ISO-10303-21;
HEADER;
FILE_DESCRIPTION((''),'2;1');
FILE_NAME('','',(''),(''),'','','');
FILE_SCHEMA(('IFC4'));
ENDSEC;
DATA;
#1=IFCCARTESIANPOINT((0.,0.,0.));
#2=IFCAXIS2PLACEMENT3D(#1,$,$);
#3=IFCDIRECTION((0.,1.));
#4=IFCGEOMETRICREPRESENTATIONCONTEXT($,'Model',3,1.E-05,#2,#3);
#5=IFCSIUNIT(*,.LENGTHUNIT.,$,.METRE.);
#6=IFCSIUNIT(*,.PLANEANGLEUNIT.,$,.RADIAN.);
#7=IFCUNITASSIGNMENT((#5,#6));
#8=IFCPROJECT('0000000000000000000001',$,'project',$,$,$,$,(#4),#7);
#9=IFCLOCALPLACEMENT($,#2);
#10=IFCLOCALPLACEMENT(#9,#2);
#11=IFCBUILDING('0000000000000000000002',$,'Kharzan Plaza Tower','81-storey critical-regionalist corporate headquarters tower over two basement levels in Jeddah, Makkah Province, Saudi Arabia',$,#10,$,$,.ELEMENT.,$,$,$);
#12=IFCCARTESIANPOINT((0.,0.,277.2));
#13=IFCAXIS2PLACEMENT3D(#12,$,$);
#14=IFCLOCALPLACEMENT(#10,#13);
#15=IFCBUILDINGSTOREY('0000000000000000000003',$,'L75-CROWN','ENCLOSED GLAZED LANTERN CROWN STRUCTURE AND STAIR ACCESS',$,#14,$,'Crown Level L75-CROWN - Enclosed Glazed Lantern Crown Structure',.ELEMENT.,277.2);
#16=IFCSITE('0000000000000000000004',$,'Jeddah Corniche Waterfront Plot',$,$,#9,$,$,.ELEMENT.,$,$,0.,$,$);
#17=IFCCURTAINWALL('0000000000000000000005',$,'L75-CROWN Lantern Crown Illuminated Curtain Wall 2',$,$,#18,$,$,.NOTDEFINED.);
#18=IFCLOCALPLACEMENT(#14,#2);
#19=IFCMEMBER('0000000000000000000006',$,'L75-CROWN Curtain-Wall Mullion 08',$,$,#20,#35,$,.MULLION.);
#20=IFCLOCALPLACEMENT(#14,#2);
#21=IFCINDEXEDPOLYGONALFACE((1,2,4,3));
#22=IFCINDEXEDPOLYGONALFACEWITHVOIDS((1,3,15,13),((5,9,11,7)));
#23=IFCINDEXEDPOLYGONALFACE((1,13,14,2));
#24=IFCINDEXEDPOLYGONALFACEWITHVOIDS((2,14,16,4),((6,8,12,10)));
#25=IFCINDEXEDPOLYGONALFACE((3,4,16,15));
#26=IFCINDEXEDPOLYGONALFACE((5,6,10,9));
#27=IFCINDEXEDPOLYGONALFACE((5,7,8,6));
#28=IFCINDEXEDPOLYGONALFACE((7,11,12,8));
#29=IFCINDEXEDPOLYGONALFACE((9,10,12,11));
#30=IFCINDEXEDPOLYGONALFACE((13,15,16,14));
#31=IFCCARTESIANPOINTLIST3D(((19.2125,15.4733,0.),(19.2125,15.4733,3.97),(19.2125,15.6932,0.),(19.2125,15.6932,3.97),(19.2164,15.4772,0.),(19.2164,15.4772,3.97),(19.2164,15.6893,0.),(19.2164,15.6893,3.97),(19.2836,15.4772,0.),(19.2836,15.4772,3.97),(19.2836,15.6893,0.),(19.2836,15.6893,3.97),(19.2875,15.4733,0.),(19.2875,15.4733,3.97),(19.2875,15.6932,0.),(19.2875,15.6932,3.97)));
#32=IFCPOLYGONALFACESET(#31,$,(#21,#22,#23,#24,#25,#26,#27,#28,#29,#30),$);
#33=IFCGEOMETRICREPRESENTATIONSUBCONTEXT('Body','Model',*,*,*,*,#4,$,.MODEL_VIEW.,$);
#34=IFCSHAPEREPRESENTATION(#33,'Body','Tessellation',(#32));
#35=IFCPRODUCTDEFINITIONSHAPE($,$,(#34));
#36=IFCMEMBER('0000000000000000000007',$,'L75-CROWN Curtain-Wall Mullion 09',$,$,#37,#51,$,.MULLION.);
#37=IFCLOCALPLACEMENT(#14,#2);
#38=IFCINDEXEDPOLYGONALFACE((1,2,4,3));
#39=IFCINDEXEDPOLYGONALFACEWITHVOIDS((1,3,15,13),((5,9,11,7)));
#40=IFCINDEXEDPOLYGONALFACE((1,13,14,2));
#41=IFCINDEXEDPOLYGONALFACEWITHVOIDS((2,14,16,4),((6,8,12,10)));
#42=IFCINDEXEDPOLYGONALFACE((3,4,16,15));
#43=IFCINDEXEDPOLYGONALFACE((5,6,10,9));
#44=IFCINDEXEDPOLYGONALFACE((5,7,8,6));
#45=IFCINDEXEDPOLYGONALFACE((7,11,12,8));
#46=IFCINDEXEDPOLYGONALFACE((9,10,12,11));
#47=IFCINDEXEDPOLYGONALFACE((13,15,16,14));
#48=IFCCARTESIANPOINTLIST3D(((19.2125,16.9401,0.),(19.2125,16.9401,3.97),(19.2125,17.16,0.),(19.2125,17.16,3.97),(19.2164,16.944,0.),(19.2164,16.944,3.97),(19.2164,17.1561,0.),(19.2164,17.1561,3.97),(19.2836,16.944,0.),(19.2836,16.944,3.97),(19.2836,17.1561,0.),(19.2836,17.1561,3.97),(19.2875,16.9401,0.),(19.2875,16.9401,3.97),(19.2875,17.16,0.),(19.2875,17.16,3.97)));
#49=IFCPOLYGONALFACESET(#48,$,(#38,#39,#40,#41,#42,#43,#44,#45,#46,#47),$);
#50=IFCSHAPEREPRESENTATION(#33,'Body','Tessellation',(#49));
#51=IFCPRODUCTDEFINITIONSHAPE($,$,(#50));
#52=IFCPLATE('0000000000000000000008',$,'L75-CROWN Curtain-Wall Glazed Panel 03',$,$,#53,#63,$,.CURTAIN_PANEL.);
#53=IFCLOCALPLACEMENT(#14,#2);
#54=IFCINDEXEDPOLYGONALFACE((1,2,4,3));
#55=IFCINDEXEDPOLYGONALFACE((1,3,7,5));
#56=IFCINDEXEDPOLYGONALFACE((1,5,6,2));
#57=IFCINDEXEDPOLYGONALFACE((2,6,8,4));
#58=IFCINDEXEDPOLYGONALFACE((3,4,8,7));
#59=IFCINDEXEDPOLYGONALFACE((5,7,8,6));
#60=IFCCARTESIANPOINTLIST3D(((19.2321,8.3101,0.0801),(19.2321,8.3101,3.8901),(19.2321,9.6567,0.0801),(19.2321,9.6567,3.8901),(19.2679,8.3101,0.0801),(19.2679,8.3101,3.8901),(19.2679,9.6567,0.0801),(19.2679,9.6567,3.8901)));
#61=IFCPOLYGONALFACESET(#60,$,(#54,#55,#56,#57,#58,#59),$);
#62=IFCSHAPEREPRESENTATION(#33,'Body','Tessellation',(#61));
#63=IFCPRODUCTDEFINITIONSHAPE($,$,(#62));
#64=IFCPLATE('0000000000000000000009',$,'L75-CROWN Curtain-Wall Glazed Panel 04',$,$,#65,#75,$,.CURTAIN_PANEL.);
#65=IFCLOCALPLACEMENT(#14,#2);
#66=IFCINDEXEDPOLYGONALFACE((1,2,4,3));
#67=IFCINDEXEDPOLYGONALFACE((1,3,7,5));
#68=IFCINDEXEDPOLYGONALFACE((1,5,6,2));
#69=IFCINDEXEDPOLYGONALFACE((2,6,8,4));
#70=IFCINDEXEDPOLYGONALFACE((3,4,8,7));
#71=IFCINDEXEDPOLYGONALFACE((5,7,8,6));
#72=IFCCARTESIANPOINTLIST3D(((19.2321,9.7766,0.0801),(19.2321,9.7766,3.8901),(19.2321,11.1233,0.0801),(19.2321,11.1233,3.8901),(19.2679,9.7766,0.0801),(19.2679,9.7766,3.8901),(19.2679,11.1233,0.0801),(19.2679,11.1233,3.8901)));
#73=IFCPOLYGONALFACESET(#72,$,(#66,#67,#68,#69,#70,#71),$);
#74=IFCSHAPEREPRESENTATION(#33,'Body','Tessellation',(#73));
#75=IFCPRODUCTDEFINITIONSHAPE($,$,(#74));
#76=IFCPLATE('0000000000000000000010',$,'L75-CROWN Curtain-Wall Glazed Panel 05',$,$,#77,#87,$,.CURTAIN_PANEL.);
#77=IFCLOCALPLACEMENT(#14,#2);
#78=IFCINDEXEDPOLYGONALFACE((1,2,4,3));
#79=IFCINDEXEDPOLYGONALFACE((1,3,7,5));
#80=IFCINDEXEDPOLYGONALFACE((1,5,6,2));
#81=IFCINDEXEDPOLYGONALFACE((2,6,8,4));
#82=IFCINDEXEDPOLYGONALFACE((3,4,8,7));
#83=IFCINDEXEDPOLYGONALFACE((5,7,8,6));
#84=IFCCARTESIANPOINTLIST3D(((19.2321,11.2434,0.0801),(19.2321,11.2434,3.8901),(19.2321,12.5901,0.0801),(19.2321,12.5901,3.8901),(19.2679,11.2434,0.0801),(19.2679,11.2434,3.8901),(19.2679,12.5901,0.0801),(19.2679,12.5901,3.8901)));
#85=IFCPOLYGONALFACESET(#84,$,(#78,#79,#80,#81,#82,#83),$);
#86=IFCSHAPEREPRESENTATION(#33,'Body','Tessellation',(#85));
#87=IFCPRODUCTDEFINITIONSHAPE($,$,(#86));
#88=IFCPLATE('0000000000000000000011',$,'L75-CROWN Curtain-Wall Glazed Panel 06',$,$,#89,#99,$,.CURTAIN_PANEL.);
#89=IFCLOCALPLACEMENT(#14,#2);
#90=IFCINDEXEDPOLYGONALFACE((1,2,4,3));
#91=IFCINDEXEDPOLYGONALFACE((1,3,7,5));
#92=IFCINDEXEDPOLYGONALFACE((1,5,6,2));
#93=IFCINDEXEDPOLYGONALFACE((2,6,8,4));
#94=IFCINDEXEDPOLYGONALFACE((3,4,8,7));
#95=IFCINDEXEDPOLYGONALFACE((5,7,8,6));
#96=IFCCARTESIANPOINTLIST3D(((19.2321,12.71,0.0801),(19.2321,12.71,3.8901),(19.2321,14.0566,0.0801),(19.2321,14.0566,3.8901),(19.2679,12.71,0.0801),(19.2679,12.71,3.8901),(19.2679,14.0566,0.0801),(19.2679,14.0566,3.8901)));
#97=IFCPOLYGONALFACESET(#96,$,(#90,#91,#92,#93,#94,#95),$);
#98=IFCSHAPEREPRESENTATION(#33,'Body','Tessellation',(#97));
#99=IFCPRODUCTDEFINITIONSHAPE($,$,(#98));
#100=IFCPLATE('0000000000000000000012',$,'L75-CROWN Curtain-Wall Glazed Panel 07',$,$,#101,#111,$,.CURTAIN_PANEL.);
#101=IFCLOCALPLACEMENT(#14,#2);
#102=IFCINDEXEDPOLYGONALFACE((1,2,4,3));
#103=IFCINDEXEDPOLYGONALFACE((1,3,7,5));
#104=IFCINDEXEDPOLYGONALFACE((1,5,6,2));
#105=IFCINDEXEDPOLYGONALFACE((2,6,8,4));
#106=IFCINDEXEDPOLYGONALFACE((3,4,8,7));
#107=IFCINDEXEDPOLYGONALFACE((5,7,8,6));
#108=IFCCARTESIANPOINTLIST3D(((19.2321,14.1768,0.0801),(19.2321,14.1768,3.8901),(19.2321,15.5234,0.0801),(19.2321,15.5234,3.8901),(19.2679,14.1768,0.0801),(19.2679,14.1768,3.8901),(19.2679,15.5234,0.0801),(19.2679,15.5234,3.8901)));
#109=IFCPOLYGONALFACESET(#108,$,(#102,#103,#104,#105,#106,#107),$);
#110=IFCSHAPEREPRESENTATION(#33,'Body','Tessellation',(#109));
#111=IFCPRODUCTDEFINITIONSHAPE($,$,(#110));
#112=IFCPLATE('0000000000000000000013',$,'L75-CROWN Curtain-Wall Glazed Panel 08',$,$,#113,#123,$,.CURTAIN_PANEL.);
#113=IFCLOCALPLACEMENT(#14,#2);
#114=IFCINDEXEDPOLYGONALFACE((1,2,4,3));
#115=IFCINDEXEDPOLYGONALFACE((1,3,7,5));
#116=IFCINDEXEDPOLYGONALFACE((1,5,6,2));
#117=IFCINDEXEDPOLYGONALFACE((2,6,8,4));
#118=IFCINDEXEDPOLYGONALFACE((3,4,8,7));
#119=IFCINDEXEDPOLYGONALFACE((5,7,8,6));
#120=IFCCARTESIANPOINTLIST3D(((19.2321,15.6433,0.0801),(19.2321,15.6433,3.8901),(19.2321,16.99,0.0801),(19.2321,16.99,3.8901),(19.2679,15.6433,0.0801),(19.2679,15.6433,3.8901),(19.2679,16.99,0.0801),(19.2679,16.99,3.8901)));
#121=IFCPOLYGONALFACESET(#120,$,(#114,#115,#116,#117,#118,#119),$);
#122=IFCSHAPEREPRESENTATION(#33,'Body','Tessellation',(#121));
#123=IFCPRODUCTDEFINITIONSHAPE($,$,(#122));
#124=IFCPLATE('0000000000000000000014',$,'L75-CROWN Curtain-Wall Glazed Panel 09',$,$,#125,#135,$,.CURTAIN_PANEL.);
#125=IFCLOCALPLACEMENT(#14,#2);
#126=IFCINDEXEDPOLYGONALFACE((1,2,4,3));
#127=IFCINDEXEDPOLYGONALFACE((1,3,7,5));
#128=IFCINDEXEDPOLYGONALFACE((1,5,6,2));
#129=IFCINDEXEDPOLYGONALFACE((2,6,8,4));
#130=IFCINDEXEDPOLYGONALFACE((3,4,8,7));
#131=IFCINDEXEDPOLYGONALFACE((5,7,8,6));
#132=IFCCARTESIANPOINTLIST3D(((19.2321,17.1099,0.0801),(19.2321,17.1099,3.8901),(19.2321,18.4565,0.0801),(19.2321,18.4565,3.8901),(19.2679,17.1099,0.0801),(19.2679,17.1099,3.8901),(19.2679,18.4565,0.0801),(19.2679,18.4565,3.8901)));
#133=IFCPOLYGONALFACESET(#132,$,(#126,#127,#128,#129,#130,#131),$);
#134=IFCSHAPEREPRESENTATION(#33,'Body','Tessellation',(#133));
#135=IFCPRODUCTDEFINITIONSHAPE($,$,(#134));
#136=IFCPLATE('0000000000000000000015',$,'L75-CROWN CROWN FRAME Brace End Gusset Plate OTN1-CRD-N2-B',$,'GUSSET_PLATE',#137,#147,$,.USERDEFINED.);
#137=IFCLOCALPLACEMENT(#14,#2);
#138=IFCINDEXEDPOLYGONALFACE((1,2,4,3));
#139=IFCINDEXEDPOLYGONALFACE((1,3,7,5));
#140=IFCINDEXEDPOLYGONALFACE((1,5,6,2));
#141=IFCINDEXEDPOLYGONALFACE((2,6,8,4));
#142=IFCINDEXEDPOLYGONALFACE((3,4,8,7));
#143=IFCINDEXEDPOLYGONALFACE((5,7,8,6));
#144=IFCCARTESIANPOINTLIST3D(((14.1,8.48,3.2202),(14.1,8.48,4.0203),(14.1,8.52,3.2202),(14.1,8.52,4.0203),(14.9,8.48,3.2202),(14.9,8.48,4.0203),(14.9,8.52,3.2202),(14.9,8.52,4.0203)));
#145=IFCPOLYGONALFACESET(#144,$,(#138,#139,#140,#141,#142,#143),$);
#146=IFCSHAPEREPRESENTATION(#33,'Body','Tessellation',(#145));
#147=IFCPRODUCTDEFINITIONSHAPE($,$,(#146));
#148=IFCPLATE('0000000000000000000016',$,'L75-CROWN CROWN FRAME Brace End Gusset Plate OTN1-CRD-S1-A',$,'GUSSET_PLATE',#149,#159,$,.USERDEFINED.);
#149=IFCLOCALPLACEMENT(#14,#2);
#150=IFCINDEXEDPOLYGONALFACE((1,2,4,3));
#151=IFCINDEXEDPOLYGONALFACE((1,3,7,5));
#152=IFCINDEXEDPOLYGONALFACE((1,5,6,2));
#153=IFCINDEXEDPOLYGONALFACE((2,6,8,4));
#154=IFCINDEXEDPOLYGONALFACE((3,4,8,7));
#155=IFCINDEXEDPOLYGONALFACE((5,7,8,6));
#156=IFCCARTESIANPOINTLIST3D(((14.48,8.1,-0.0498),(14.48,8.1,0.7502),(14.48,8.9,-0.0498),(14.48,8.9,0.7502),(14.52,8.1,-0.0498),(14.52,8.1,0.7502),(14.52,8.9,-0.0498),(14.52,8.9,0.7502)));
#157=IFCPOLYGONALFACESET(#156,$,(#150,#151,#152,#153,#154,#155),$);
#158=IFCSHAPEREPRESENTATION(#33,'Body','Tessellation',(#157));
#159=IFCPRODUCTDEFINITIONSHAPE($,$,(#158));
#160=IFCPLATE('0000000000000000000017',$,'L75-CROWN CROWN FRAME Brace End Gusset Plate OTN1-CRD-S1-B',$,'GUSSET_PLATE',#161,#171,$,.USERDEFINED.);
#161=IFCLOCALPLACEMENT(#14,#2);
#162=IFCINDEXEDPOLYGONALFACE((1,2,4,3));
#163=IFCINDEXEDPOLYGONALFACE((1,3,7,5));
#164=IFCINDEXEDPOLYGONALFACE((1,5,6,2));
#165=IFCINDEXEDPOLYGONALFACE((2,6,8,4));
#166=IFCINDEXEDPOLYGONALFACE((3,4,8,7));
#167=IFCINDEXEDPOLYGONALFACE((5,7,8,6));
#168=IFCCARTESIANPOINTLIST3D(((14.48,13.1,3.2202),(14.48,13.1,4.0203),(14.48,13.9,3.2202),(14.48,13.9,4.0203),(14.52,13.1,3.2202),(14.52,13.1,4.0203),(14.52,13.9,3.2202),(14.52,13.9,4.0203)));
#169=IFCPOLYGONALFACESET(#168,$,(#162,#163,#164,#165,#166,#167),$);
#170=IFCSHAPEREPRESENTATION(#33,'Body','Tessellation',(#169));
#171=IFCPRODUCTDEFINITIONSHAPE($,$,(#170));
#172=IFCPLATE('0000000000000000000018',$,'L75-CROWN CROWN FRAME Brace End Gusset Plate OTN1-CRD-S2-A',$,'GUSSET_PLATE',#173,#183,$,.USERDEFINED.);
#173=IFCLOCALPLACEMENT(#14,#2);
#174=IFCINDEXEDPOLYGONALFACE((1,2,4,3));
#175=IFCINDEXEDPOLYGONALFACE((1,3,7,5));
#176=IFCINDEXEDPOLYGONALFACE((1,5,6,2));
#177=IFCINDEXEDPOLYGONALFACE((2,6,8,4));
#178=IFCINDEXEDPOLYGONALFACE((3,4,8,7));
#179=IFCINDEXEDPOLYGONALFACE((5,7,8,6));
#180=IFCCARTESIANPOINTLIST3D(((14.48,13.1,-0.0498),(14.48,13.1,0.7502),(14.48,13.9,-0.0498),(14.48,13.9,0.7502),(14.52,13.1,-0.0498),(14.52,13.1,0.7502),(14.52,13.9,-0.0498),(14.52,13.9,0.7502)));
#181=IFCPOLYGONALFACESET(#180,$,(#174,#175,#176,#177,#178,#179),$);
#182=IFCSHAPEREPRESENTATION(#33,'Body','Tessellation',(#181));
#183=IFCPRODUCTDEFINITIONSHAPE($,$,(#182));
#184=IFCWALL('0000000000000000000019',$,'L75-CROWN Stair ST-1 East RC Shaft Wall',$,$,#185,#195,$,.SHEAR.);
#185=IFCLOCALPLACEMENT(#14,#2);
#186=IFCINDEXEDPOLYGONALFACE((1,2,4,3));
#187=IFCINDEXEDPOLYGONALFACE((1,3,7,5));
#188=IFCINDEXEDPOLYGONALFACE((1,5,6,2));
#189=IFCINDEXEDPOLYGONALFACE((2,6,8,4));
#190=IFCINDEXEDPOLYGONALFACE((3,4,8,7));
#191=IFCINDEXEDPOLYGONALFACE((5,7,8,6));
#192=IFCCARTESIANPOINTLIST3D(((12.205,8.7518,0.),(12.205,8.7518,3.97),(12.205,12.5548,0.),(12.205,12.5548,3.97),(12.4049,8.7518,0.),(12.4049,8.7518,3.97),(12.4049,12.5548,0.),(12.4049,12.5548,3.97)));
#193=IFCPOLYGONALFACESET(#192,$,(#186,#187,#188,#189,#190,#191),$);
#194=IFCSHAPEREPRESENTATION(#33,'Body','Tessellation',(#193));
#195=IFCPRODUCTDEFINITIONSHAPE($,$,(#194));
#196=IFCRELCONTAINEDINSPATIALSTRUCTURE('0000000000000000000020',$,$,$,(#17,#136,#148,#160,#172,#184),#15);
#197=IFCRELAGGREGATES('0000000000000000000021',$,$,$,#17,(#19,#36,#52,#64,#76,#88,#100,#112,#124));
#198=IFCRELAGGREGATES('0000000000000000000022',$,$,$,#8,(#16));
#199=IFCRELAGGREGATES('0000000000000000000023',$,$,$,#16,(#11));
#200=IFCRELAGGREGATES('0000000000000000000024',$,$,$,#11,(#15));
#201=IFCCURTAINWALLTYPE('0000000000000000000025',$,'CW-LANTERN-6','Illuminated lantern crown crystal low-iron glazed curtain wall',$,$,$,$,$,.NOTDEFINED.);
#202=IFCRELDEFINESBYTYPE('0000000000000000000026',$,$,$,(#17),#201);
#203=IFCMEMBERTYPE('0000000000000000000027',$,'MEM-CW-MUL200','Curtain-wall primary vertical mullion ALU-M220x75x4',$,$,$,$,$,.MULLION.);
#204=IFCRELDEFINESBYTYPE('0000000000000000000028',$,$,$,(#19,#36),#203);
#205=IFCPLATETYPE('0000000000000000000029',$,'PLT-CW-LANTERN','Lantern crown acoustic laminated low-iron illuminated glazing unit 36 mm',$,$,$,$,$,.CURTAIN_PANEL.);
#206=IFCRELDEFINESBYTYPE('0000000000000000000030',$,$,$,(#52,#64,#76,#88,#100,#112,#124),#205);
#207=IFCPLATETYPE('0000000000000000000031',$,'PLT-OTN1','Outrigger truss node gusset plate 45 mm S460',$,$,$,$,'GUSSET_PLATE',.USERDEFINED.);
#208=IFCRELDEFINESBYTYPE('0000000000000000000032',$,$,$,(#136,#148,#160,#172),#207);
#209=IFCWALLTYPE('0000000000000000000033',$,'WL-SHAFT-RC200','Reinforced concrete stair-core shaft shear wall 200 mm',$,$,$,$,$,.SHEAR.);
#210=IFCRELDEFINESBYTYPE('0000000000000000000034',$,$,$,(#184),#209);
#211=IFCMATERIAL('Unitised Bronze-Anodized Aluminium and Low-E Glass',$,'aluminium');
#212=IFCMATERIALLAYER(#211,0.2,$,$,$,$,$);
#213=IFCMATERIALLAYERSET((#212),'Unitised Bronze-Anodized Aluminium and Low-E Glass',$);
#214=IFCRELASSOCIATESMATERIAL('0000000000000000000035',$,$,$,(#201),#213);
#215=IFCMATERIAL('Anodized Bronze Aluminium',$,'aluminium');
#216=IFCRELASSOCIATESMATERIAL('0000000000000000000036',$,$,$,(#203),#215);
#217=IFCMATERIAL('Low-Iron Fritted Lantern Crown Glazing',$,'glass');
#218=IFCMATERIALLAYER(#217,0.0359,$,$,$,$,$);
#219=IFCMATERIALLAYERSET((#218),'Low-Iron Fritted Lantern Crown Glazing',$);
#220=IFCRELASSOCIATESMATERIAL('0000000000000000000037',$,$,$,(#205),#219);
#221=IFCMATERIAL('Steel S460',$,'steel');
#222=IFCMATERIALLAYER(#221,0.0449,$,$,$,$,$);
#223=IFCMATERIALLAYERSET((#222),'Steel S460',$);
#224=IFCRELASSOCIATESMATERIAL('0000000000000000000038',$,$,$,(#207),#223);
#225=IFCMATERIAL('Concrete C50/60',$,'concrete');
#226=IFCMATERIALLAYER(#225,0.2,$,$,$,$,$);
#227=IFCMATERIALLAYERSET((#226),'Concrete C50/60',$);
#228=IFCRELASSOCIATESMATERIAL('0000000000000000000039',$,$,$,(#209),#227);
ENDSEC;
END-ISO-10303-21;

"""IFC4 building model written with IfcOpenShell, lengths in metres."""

from ifc_helpers import new_model, si_unit, direction, frame, frame_2d, origin, origin_2d, place, context, subcontext, project, spatial, rectangle, hollow_rectangle, extrude, source, transform, mapped, material, layer, layer_set, material_profile, profile_set, type_object, element, aggregate, save


model = new_model("IFC4")

# Units and contexts
model_context = context("Model", 3, precision=1e-05, world=origin(), true_north=direction((0.0, 1.0)))
body_context = subcontext(model_context, "Body", "Model", "MODEL_VIEW")
ifc_project = project(units=[si_unit("LENGTHUNIT", "METRE"), si_unit("PLANEANGLEUNIT", "RADIAN")], contexts=[model_context])

# Site, building, storey
site_placement = place(None, origin())
site = spatial("IfcSite", under=ifc_project, at=site_placement, Name="Jeddah Corniche Waterfront Plot", CompositionType="ELEMENT", RefElevation=0.0)
building_placement = place(site_placement, origin())
building = spatial("IfcBuilding", under=site, at=building_placement, Name="Kharzan Plaza Tower", Description="81-storey critical-regionalist corporate headquarters tower over two basement levels in Jeddah, Makkah Province, Saudi Arabia", CompositionType="ELEMENT")
storey_placement = place(building_placement, frame((0.0, 0.0, 277.2)))
storey = spatial("IfcBuildingStorey", under=building, at=storey_placement, Name="L75-CROWN", Description="ENCLOSED GLAZED LANTERN CROWN STRUCTURE AND STAIR ACCESS", LongName="Crown Level L75-CROWN - Enclosed Glazed Lantern Crown Structure", CompositionType="ELEMENT", Elevation=277.2)

# Curtain wall, members, plates
ifc_material_1 = material(Name="Unitised Bronze-Anodized Aluminium and Low-E Glass", Category="aluminium")
ifc_layer_1 = layer(ifc_material_1, 0.2)
ifc_layer_set_1 = layer_set([ifc_layer_1], Name="Unitised Bronze-Anodized Aluminium and Low-E Glass")
curtain_wall_type = type_object("IfcCurtainWallType", Name="CW-LANTERN-6", Description="Illuminated lantern crown crystal low-iron glazed curtain wall", PredefinedType="NOTDEFINED", material=ifc_layer_set_1)
curtain_wall_placement = place(storey_placement, origin())
curtain_wall = element("IfcCurtainWall", 1, at=curtain_wall_placement, inside=storey, type_object=curtain_wall_type, Name="L75-CROWN Lantern Crown Illuminated Curtain Wall 2", PredefinedType="NOTDEFINED")
ifc_material_2 = material(Name="Anodized Bronze Aluminium", Category="aluminium")
ifc_material_profile_1 = material_profile(ifc_material_2, hollow_rectangle(XDim=0.075, YDim=0.22, WallThickness=0.0039, at=origin_2d()), Name="ALU-M220x75x4")
ifc_profile_set_1 = profile_set([ifc_material_profile_1], Name="Anodized Bronze Aluminium")
member_type_1 = type_object("IfcMemberType", Name="MEM-CW-MUL200", Description="Curtain-wall primary vertical mullion ALU-M220x75x4", PredefinedType="MULLION", material=ifc_profile_set_1)
shared_shape_1 = source(origin(), body_context, "Body", "SweptSolid", [
    extrude(hollow_rectangle(XDim=0.075, YDim=0.22, WallThickness=0.0039, at=origin_2d()), origin(), (0.0, 0.0, 1.0), 3.97),
])
member_1_placement = place(storey_placement, frame((19.25, 15.5833, 0.0), z_axis=(0.0, 0.0, 1.0), x_axis=(1.0, 0.0, 0.0)))
member_1 = element("IfcMember", 2, at=member_1_placement, type_object=member_type_1, Name="L75-CROWN Curtain-Wall Mullion 08", PredefinedType="MULLION", context=body_context, shape_type="MappedRepresentation", body=[
    mapped(shared_shape_1, transform((0.0, 0.0, 0.0), x_axis=(1.0, 0.0, 0.0), y_axis=(0.0, 1.0, 0.0), z_axis=(0.0, 0.0, 1.0))),
])
member_2_placement = place(storey_placement, frame((19.25, 17.05, 0.0), z_axis=(0.0, 0.0, 1.0), x_axis=(1.0, 0.0, 0.0)))
member_2 = element("IfcMember", 3, at=member_2_placement, type_object=member_type_1, Name="L75-CROWN Curtain-Wall Mullion 09", PredefinedType="MULLION", context=body_context, shape_type="MappedRepresentation", body=[
    mapped(shared_shape_1, transform((0.0, 0.0, 0.0), x_axis=(1.0, 0.0, 0.0), y_axis=(0.0, 1.0, 0.0), z_axis=(0.0, 0.0, 1.0))),
])
ifc_material_3 = material(Name="Low-Iron Fritted Lantern Crown Glazing", Category="glass")
ifc_layer_2 = layer(ifc_material_3, 0.0359)
ifc_layer_set_2 = layer_set([ifc_layer_2], Name="Low-Iron Fritted Lantern Crown Glazing")
plate_type_1 = type_object("IfcPlateType", Name="PLT-CW-LANTERN", Description="Lantern crown acoustic laminated low-iron illuminated glazing unit 36 mm", PredefinedType="CURTAIN_PANEL", material=ifc_layer_set_2)
shared_shape_2 = source(origin(), body_context, "Body", "SweptSolid", [
    extrude(rectangle(XDim=1.3467, YDim=0.0359, at=origin_2d()), origin(), (0.0, 0.0, 1.0), 3.8101),
])
plate_1_placement = place(storey_placement, frame((19.25, 8.9834, 0.0801), z_axis=(0.0, 0.0, 1.0), x_axis=(0.0, 1.0, 0.0)))
plate_1 = element("IfcPlate", 4, at=plate_1_placement, type_object=plate_type_1, Name="L75-CROWN Curtain-Wall Glazed Panel 03", PredefinedType="CURTAIN_PANEL", context=body_context, shape_type="MappedRepresentation", body=[
    mapped(shared_shape_2, transform((0.0, 0.0, 0.0), x_axis=(1.0, 0.0, 0.0), y_axis=(0.0, 1.0, 0.0), z_axis=(0.0, 0.0, 1.0))),
])
plate_2_placement = place(storey_placement, frame((19.25, 10.45, 0.0801), z_axis=(0.0, 0.0, 1.0), x_axis=(0.0, 1.0, 0.0)))
plate_2 = element("IfcPlate", 5, at=plate_2_placement, type_object=plate_type_1, Name="L75-CROWN Curtain-Wall Glazed Panel 04", PredefinedType="CURTAIN_PANEL", context=body_context, shape_type="MappedRepresentation", body=[
    mapped(shared_shape_2, transform((0.0, 0.0, 0.0), x_axis=(1.0, 0.0, 0.0), y_axis=(0.0, 1.0, 0.0), z_axis=(0.0, 0.0, 1.0))),
])
plate_3_placement = place(storey_placement, frame((19.25, 11.9167, 0.0801), z_axis=(0.0, 0.0, 1.0), x_axis=(0.0, 1.0, 0.0)))
plate_3 = element("IfcPlate", 6, at=plate_3_placement, type_object=plate_type_1, Name="L75-CROWN Curtain-Wall Glazed Panel 05", PredefinedType="CURTAIN_PANEL", context=body_context, shape_type="MappedRepresentation", body=[
    mapped(shared_shape_2, transform((0.0, 0.0, 0.0), x_axis=(1.0, 0.0, 0.0), y_axis=(0.0, 1.0, 0.0), z_axis=(0.0, 0.0, 1.0))),
])
plate_4_placement = place(storey_placement, frame((19.25, 13.3833, 0.0801), z_axis=(0.0, 0.0, 1.0), x_axis=(0.0, 1.0, 0.0)))
plate_4 = element("IfcPlate", 7, at=plate_4_placement, type_object=plate_type_1, Name="L75-CROWN Curtain-Wall Glazed Panel 06", PredefinedType="CURTAIN_PANEL", context=body_context, shape_type="MappedRepresentation", body=[
    mapped(shared_shape_2, transform((0.0, 0.0, 0.0), x_axis=(1.0, 0.0, 0.0), y_axis=(0.0, 1.0, 0.0), z_axis=(0.0, 0.0, 1.0))),
])
plate_5_placement = place(storey_placement, frame((19.25, 14.8501, 0.0801), z_axis=(0.0, 0.0, 1.0), x_axis=(0.0, 1.0, 0.0)))
plate_5 = element("IfcPlate", 8, at=plate_5_placement, type_object=plate_type_1, Name="L75-CROWN Curtain-Wall Glazed Panel 07", PredefinedType="CURTAIN_PANEL", context=body_context, shape_type="MappedRepresentation", body=[
    mapped(shared_shape_2, transform((0.0, 0.0, 0.0), x_axis=(1.0, 0.0, 0.0), y_axis=(0.0, 1.0, 0.0), z_axis=(0.0, 0.0, 1.0))),
])
plate_6_placement = place(storey_placement, frame((19.25, 16.3167, 0.0801), z_axis=(0.0, 0.0, 1.0), x_axis=(0.0, 1.0, 0.0)))
plate_6 = element("IfcPlate", 9, at=plate_6_placement, type_object=plate_type_1, Name="L75-CROWN Curtain-Wall Glazed Panel 08", PredefinedType="CURTAIN_PANEL", context=body_context, shape_type="MappedRepresentation", body=[
    mapped(shared_shape_2, transform((0.0, 0.0, 0.0), x_axis=(1.0, 0.0, 0.0), y_axis=(0.0, 1.0, 0.0), z_axis=(0.0, 0.0, 1.0))),
])
plate_7_placement = place(storey_placement, frame((19.25, 17.7832, 0.0801), z_axis=(0.0, 0.0, 1.0), x_axis=(0.0, 1.0, 0.0)))
plate_7 = element("IfcPlate", 10, at=plate_7_placement, type_object=plate_type_1, Name="L75-CROWN Curtain-Wall Glazed Panel 09", PredefinedType="CURTAIN_PANEL", context=body_context, shape_type="MappedRepresentation", body=[
    mapped(shared_shape_2, transform((0.0, 0.0, 0.0), x_axis=(1.0, 0.0, 0.0), y_axis=(0.0, 1.0, 0.0), z_axis=(0.0, 0.0, 1.0))),
])
aggregate(curtain_wall, [member_1, member_2, plate_1, plate_2, plate_3, plate_4, plate_5, plate_6, plate_7])

# Plates
ifc_material_4 = material(Name="Steel S460", Category="steel")
ifc_layer_3 = layer(ifc_material_4, 0.0449)
ifc_layer_set_3 = layer_set([ifc_layer_3], Name="Steel S460")
plate_type_2 = type_object("IfcPlateType", Name="PLT-OTN1", Description="Outrigger truss node gusset plate 45 mm S460", ElementType="GUSSET_PLATE", PredefinedType="USERDEFINED", material=ifc_layer_set_3)
shared_shape_3 = source(origin(), body_context, "Body", "SweptSolid", [
    extrude(rectangle(XDim=0.8, YDim=0.04, at=origin_2d()), origin(), (0.0, 0.0, 1.0), 0.8),
])
for number, where, z_axis, x_axis, name in (
    (11, (14.5, 8.5, 3.2202), (0.0, 0.0, 1.0), (1.0, 0.0, 0.0), "L75-CROWN CROWN FRAME Brace End Gusset Plate OTN1-CRD-N2-B"),
    (12, (14.5, 8.5, -0.0498), (0.0, 0.0, 1.0), (0.0, 1.0, 0.0), "L75-CROWN CROWN FRAME Brace End Gusset Plate OTN1-CRD-S1-A"),
    (13, (14.5, 13.5, 3.2202), (0.0, 0.0, 1.0), (0.0, 1.0, 0.0), "L75-CROWN CROWN FRAME Brace End Gusset Plate OTN1-CRD-S1-B"),
    (14, (14.5, 13.5, -0.0498), (0.0, 0.0, 1.0), (0.0, 1.0, 0.0), "L75-CROWN CROWN FRAME Brace End Gusset Plate OTN1-CRD-S2-A"),
):
    element("IfcPlate", number, at=place(storey_placement, frame(where, z_axis=z_axis, x_axis=x_axis)), inside=storey, type_object=plate_type_2, Name=name, ObjectType="GUSSET_PLATE", PredefinedType="USERDEFINED", context=body_context, shape_type="MappedRepresentation", body=[
        mapped(shared_shape_3, transform((0.0, 0.0, 0.0), x_axis=(1.0, 0.0, 0.0), y_axis=(0.0, 1.0, 0.0), z_axis=(0.0, 0.0, 1.0))),
    ])

# Wall
ifc_material_5 = material(Name="Concrete C50/60", Category="concrete")
ifc_layer_4 = layer(ifc_material_5, 0.2)
ifc_layer_set_4 = layer_set([ifc_layer_4], Name="Concrete C50/60")
wall_type = type_object("IfcWallType", Name="WL-SHAFT-RC200", Description="Reinforced concrete stair-core shaft shear wall 200 mm", PredefinedType="SHEAR", material=ifc_layer_set_4)
shared_shape_4 = source(origin(), body_context, "Body", "SweptSolid", [
    extrude(rectangle(XDim=3.803, YDim=0.2, at=frame_2d((1.9014, 0.0))), origin(), (0.0, 0.0, 1.0), 3.97),
])
wall_placement = place(storey_placement, frame((12.3049, 8.752, 0.0), z_axis=(0.0, 0.0, 1.0), x_axis=(0.0, 1.0, 0.0)))
element("IfcWall", 15, at=wall_placement, inside=storey, type_object=wall_type, Name="L75-CROWN Stair ST-1 East RC Shaft Wall", PredefinedType="SHEAR", context=body_context, shape_type="MappedRepresentation", body=[
    mapped(shared_shape_4, transform((0.0, 0.0, 0.0), x_axis=(1.0, 0.0, 0.0), y_axis=(0.0, 1.0, 0.0), z_axis=(0.0, 0.0, 1.0))),
])

save(model, "model.ifc")
